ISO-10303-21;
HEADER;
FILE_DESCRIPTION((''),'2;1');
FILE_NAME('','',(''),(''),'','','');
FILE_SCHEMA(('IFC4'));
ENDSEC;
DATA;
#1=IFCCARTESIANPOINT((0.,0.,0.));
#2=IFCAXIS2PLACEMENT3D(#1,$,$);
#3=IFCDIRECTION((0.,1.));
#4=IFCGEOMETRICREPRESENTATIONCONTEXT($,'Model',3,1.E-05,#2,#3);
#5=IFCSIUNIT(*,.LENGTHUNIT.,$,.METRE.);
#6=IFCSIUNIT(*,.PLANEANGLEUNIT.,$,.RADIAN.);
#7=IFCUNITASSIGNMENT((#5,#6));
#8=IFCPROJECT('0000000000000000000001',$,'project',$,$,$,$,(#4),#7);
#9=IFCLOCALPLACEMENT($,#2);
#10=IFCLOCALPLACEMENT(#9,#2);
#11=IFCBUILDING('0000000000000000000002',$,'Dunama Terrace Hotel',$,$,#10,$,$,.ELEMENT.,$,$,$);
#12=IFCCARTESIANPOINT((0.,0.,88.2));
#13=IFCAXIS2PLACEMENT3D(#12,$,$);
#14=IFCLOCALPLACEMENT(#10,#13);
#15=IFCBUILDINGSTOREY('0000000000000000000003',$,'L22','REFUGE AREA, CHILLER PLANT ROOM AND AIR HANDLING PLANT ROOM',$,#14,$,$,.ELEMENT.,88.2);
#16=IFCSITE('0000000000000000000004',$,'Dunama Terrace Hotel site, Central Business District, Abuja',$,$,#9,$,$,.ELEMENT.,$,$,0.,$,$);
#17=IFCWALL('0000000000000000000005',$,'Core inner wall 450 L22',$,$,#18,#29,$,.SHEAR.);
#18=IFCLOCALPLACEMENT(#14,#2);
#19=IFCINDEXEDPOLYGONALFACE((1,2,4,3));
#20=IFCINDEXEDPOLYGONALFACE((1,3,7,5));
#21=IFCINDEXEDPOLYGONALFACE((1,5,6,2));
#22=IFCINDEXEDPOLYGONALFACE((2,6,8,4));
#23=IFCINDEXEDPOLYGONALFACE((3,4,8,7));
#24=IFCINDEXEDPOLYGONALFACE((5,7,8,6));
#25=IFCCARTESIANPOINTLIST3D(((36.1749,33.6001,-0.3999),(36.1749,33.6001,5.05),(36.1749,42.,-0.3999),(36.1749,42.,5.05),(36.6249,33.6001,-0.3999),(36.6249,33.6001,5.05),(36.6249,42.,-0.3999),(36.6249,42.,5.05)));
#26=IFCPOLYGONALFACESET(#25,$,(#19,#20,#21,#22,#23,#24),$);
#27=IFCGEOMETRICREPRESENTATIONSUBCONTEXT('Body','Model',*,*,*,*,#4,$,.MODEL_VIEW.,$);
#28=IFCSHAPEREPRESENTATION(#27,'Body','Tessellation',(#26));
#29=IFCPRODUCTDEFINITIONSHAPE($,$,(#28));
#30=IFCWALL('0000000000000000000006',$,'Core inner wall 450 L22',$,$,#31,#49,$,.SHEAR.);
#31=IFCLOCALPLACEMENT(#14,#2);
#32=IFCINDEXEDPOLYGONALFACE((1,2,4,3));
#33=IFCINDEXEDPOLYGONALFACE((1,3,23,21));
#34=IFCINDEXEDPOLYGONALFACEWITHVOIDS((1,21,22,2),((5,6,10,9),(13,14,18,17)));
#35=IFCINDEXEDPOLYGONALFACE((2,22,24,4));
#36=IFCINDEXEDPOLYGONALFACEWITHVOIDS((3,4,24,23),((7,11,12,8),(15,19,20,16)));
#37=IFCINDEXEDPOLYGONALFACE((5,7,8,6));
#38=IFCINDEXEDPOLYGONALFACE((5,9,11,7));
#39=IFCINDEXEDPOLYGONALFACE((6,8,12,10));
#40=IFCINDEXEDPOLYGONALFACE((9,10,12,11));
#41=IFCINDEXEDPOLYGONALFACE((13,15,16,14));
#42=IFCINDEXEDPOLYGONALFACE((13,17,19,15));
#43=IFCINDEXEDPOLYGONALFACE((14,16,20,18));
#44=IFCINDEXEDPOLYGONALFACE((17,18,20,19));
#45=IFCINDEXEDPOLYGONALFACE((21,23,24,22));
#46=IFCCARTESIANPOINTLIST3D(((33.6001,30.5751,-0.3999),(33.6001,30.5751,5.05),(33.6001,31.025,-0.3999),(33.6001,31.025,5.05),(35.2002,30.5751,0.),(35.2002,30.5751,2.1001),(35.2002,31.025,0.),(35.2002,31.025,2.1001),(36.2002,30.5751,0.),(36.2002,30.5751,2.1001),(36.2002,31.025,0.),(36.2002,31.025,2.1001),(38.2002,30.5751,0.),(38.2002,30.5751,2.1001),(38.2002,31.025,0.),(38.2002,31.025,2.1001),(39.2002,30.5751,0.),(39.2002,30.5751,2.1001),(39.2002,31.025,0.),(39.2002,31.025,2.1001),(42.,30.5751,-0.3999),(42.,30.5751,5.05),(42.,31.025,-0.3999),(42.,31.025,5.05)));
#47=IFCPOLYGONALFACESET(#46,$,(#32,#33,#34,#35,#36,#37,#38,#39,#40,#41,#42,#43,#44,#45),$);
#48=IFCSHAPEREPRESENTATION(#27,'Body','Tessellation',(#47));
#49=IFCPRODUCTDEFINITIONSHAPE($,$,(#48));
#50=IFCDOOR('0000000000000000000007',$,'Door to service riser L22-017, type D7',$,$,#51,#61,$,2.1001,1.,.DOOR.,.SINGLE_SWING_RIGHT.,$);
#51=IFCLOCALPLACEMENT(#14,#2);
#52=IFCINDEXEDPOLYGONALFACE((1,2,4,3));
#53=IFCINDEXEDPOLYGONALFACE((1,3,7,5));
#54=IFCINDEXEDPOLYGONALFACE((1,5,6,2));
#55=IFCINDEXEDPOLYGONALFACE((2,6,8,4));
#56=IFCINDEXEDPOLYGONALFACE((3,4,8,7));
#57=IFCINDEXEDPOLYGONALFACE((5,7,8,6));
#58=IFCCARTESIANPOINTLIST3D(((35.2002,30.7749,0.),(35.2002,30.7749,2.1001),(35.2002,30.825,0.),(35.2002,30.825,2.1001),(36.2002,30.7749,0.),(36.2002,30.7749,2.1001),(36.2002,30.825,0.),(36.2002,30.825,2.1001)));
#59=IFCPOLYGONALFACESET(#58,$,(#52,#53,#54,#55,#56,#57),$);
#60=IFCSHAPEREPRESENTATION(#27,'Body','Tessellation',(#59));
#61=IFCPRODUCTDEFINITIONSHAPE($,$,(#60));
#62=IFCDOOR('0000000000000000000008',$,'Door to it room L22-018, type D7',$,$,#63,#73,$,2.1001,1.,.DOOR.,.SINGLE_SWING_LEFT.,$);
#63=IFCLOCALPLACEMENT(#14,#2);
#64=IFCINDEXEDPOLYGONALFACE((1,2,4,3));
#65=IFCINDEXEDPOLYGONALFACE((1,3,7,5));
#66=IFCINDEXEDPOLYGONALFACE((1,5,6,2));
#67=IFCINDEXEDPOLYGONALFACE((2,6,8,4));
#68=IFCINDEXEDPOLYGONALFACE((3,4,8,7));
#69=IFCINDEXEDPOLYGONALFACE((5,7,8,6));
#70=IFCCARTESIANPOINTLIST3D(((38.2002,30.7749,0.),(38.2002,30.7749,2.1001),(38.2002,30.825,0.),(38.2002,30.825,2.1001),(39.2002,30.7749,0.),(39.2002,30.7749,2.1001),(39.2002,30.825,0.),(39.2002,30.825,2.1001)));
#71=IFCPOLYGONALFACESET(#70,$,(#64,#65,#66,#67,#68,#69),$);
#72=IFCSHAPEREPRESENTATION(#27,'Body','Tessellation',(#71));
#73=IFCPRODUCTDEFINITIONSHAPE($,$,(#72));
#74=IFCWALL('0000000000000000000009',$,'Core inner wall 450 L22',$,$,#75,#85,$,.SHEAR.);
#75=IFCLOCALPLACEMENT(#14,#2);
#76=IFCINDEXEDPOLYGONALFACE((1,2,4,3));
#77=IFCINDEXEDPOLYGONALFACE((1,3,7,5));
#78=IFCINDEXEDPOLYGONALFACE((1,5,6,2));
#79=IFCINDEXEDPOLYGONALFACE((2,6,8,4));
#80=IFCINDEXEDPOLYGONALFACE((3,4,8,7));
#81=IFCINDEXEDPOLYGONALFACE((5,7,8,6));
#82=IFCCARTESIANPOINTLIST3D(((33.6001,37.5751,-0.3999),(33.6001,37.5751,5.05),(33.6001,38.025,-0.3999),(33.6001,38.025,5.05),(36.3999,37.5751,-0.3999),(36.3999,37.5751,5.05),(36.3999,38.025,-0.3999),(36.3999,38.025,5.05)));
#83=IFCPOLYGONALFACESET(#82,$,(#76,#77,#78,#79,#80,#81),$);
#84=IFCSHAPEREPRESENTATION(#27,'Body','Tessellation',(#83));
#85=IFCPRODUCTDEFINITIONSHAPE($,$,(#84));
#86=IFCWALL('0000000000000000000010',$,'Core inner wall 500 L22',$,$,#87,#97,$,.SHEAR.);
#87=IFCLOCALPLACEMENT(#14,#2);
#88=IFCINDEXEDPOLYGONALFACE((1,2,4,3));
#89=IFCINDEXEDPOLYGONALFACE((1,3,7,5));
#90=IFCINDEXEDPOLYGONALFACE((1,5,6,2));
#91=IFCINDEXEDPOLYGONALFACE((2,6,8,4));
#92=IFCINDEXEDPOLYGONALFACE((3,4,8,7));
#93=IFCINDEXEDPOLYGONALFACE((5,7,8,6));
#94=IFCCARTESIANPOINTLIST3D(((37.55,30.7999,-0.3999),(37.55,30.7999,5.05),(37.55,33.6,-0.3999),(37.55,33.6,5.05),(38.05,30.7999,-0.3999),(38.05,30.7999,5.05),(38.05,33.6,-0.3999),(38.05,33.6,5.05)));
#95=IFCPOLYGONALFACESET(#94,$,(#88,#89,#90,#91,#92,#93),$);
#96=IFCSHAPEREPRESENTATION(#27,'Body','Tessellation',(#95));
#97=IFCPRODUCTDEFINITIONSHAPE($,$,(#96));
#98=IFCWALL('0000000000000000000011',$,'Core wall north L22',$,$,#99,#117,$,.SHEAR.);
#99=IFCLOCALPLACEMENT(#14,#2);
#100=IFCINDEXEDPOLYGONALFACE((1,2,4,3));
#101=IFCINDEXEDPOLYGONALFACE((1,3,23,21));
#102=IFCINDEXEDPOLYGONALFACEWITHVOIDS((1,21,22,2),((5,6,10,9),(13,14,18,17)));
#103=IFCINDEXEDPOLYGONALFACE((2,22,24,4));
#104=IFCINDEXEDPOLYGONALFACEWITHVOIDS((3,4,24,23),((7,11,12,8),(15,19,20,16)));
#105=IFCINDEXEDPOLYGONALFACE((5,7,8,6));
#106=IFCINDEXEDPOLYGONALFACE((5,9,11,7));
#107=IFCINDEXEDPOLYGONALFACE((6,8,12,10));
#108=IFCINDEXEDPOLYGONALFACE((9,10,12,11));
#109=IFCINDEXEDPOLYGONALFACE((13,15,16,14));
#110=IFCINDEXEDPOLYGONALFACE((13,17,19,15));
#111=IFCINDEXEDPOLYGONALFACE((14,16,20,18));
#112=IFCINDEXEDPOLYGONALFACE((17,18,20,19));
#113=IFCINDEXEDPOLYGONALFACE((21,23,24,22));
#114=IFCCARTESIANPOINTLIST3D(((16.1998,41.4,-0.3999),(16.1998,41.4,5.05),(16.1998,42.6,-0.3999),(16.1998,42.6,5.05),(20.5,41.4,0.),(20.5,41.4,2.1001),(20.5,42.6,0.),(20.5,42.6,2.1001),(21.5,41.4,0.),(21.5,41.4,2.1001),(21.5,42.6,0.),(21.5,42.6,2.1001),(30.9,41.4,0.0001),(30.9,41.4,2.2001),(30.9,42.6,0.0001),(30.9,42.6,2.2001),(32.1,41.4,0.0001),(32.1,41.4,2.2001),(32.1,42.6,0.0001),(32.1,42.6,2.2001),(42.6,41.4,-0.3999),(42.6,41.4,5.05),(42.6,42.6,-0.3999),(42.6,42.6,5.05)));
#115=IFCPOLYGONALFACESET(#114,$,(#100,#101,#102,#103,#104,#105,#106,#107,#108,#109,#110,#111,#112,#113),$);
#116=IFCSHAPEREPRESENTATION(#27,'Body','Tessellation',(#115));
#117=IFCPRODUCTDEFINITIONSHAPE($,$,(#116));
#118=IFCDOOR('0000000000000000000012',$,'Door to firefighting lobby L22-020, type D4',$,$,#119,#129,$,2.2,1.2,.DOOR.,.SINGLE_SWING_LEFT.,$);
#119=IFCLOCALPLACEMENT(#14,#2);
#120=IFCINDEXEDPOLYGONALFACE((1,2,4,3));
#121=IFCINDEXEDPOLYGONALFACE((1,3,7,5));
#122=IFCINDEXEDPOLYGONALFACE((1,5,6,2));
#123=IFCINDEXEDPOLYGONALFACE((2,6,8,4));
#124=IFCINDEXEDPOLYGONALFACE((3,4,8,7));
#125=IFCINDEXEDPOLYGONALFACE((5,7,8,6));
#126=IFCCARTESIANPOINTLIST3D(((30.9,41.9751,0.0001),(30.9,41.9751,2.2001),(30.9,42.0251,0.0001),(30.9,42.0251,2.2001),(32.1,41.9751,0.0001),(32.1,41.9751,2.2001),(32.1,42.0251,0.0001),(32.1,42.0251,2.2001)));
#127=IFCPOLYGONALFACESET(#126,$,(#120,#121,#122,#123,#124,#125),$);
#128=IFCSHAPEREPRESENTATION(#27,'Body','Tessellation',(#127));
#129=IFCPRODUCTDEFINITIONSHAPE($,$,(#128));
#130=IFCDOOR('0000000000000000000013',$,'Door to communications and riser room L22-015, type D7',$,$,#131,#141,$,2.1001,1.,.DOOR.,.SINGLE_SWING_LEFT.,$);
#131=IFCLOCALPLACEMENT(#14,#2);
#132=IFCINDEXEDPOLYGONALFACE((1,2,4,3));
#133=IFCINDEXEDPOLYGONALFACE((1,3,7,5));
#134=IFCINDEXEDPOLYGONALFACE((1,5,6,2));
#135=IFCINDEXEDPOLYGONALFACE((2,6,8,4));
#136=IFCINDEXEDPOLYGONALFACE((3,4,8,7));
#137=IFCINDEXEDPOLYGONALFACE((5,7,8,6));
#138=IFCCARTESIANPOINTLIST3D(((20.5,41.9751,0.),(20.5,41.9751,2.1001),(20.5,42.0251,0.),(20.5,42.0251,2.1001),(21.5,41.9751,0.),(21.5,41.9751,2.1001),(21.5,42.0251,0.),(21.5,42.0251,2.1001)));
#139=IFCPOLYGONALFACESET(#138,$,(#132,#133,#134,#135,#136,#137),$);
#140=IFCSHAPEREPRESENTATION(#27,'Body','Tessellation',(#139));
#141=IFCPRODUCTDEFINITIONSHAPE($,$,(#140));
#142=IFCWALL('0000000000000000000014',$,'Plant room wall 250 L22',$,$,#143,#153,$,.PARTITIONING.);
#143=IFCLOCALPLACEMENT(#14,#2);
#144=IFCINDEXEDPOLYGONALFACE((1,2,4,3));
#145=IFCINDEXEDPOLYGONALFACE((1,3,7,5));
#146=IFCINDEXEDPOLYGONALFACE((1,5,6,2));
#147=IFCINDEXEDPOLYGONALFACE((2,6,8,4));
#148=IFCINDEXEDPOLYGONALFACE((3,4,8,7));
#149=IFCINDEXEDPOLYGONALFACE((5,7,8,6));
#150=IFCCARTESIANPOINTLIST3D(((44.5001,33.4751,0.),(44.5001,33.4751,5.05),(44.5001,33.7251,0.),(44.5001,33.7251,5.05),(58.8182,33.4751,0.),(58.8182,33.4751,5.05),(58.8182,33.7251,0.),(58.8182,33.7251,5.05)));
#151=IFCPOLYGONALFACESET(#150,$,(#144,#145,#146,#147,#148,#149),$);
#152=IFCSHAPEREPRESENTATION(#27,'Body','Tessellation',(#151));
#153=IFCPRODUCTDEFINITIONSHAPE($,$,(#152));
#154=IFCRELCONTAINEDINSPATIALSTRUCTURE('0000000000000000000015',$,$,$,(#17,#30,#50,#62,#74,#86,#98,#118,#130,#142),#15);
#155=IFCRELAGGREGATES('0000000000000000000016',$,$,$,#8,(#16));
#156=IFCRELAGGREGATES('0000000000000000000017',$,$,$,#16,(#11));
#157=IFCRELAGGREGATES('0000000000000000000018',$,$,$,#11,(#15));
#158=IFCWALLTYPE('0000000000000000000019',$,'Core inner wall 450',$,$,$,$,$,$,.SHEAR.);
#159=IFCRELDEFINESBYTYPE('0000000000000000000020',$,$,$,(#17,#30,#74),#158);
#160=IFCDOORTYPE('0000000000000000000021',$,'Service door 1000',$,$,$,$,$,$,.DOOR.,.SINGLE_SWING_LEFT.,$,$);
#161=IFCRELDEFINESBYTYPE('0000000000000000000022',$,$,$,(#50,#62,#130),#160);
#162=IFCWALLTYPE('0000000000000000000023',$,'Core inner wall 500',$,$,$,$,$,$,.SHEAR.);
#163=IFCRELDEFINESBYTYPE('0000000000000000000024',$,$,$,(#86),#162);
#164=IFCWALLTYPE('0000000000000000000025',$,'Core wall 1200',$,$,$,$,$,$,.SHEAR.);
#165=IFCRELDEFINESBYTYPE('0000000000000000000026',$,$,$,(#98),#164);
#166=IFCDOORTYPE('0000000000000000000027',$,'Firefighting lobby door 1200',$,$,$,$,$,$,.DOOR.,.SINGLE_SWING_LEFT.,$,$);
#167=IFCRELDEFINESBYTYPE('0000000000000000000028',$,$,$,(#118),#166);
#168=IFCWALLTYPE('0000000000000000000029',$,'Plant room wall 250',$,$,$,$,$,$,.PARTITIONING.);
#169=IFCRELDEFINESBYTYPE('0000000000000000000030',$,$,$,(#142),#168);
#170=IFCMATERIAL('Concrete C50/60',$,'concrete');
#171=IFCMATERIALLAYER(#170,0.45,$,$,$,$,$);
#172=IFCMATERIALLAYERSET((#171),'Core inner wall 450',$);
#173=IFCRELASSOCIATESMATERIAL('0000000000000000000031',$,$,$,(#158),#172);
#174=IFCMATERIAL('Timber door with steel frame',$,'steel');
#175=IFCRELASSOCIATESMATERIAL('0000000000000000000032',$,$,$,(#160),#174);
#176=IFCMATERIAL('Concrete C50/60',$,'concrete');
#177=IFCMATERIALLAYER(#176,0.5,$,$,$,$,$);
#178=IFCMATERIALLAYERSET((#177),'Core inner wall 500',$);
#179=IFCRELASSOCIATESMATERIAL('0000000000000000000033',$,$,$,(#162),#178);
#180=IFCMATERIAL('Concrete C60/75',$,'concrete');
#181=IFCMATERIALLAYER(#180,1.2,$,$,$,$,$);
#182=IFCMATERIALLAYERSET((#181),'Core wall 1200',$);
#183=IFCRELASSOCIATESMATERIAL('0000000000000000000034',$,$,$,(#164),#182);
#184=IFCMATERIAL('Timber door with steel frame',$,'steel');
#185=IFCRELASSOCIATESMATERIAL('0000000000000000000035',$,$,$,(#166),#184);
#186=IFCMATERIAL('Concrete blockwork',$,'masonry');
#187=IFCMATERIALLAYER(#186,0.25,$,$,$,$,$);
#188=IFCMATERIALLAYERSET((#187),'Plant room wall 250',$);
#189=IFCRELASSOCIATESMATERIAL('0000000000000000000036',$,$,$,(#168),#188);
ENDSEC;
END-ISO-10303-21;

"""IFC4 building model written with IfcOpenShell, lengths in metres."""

from ifc_helpers import new_model, si_unit, direction, frame, frame_2d, origin, place, context, subcontext, project, spatial, rectangle, extrude, material, layer, layer_set, type_object, element, fill, save


model = new_model("IFC4")

# Units and contexts
model_context = context("Model", 3, precision=1e-05, world=origin(), true_north=direction((0.0, 1.0)))
body_context = subcontext(model_context, "Body", "Model", "MODEL_VIEW")
ifc_project = project(units=[si_unit("LENGTHUNIT", "METRE"), si_unit("PLANEANGLEUNIT", "RADIAN")], contexts=[model_context])

# Site, building, storey
site_placement = place(None, origin())
site = spatial("IfcSite", under=ifc_project, at=site_placement, Name="Dunama Terrace Hotel site, Central Business District, Abuja", CompositionType="ELEMENT", RefElevation=0.0)
building_placement = place(site_placement, origin())
building = spatial("IfcBuilding", under=site, at=building_placement, Name="Dunama Terrace Hotel", CompositionType="ELEMENT")
storey_placement = place(building_placement, frame((0.0, 0.0, 88.2)))
storey = spatial("IfcBuildingStorey", under=building, at=storey_placement, Name="L22", Description="REFUGE AREA, CHILLER PLANT ROOM AND AIR HANDLING PLANT ROOM", CompositionType="ELEMENT", Elevation=88.2)

# Shared definitions
ifc_material_1 = material(Name="Concrete C50/60", Category="concrete")
ifc_layer_1 = layer(ifc_material_1, 0.45)
ifc_layer_set_1 = layer_set([ifc_layer_1], Name="Core inner wall 450")
wall_type_1 = type_object("IfcWallType", Name="Core inner wall 450", PredefinedType="SHEAR", material=ifc_layer_set_1)

# Wall
wall_1_placement = place(storey_placement, frame((36.3999, 33.6001, -0.3999), z_axis=(0.0, 0.0, 1.0), x_axis=(0.0, 1.0, 0.0)))
element("IfcWall", 1, at=wall_1_placement, inside=storey, type_object=wall_type_1, Name="Core inner wall 450 L22", PredefinedType="SHEAR", context=body_context, shape_type="SweptSolid", body=[
    extrude(rectangle(XDim=8.3999, YDim=0.45, at=frame_2d((4.2, 0.0))), origin(), (0.0, 0.0, 1.0), 5.45),
])

# Wall, openings, doors
wall_2_placement = place(storey_placement, frame((33.6001, 30.8, -0.3999), z_axis=(0.0, 0.0, 1.0), x_axis=(1.0, 0.0, 0.0)))
wall_2 = element("IfcWall", 2, at=wall_2_placement, inside=storey, type_object=wall_type_1, Name="Core inner wall 450 L22", PredefinedType="SHEAR", context=body_context, shape_type="SweptSolid", body=[
    extrude(rectangle(XDim=8.3999, YDim=0.45, at=frame_2d((4.2, 0.0))), origin(), (0.0, 0.0, 1.0), 5.45),
])
opening_1_placement = place(wall_2_placement, frame((1.6001, 0.0, 0.3999)))
opening_1 = element("IfcOpeningElement", 3, at=opening_1_placement, cuts=wall_2, PredefinedType="OPENING", context=body_context, shape_type="SweptSolid", body=[
    extrude(rectangle(XDim=1.0, YDim=2.1001, at=frame_2d((0.5, 1.05))), frame((0.0, 0.2349, 0.0), z_axis=(0.0, -1.0, 0.0), x_axis=(1.0, 0.0, 0.0)), (0.0, 0.0, 1.0), 0.47),
])
opening_2_placement = place(wall_2_placement, frame((4.6001, 0.0, 0.3999)))
opening_2 = element("IfcOpeningElement", 4, at=opening_2_placement, cuts=wall_2, PredefinedType="OPENING", context=body_context, shape_type="SweptSolid", body=[
    extrude(rectangle(XDim=1.0, YDim=2.1001, at=frame_2d((0.5, 1.05))), frame((0.0, 0.2349, 0.0), z_axis=(0.0, -1.0, 0.0), x_axis=(1.0, 0.0, 0.0)), (0.0, 0.0, 1.0), 0.47),
])
ifc_material_2 = material(Name="Timber door with steel frame", Category="steel")
door_type_1 = type_object("IfcDoorType", Name="Service door 1000", OperationType="SINGLE_SWING_LEFT", PredefinedType="DOOR", material=ifc_material_2)
door_1_placement = place(opening_1_placement, origin())
door_1 = element("IfcDoor", 5, at=door_1_placement, inside=storey, type_object=door_type_1, Name="Door to service riser L22-017, type D7", OperationType="SINGLE_SWING_RIGHT", OverallHeight=2.1001, OverallWidth=1.0, PredefinedType="DOOR", context=body_context, shape_type="SweptSolid", body=[
    extrude(rectangle(XDim=1.0, YDim=2.1001, at=frame_2d((0.5, 1.05))), frame((0.0, 0.0249, 0.0), z_axis=(0.0, -1.0, 0.0), x_axis=(1.0, 0.0, 0.0)), (0.0, 0.0, 1.0), 0.05),
])
fill(opening_1, door_1)
door_2_placement = place(opening_2_placement, origin())
door_2 = element("IfcDoor", 6, at=door_2_placement, inside=storey, type_object=door_type_1, Name="Door to it room L22-018, type D7", OperationType="SINGLE_SWING_LEFT", OverallHeight=2.1001, OverallWidth=1.0, PredefinedType="DOOR", context=body_context, shape_type="SweptSolid", body=[
    extrude(rectangle(XDim=1.0, YDim=2.1001, at=frame_2d((0.5, 1.05))), frame((0.0, 0.0249, 0.0), z_axis=(0.0, -1.0, 0.0), x_axis=(1.0, 0.0, 0.0)), (0.0, 0.0, 1.0), 0.05),
])
fill(opening_2, door_2)

# Walls
wall_3_placement = place(storey_placement, frame((33.6001, 37.8, -0.3999), z_axis=(0.0, 0.0, 1.0), x_axis=(1.0, 0.0, 0.0)))
element("IfcWall", 7, at=wall_3_placement, inside=storey, type_object=wall_type_1, Name="Core inner wall 450 L22", PredefinedType="SHEAR", context=body_context, shape_type="SweptSolid", body=[
    extrude(rectangle(XDim=2.7998, YDim=0.45, at=frame_2d((1.3999, 0.0))), origin(), (0.0, 0.0, 1.0), 5.45),
])
ifc_material_3 = material(Name="Concrete C50/60", Category="concrete")
ifc_layer_2 = layer(ifc_material_3, 0.5)
ifc_layer_set_2 = layer_set([ifc_layer_2], Name="Core inner wall 500")
wall_type_2 = type_object("IfcWallType", Name="Core inner wall 500", PredefinedType="SHEAR", material=ifc_layer_set_2)
wall_4_placement = place(storey_placement, frame((37.8, 30.8, -0.3999), z_axis=(0.0, 0.0, 1.0), x_axis=(0.0, 1.0, 0.0)))
element("IfcWall", 8, at=wall_4_placement, inside=storey, type_object=wall_type_2, Name="Core inner wall 500 L22", PredefinedType="SHEAR", context=body_context, shape_type="SweptSolid", body=[
    extrude(rectangle(XDim=2.8, YDim=0.5, at=frame_2d((1.3999, 0.0))), origin(), (0.0, 0.0, 1.0), 5.45),
])

# Wall, openings, doors
ifc_material_4 = material(Name="Concrete C60/75", Category="concrete")
ifc_layer_3 = layer(ifc_material_4, 1.2)
ifc_layer_set_3 = layer_set([ifc_layer_3], Name="Core wall 1200")
wall_type_3 = type_object("IfcWallType", Name="Core wall 1200", PredefinedType="SHEAR", material=ifc_layer_set_3)
wall_5_placement = place(storey_placement, frame((42.6001, 42.0, -0.3999), z_axis=(0.0, 0.0, 1.0), x_axis=(-1.0, 0.0, 0.0)))
wall_5 = element("IfcWall", 9, at=wall_5_placement, inside=storey, type_object=wall_type_3, Name="Core wall north L22", PredefinedType="SHEAR", context=body_context, shape_type="SweptSolid", body=[
    extrude(rectangle(XDim=26.4001, YDim=1.2, at=frame_2d((13.2002, 0.0))), origin(), (0.0, 0.0, 1.0), 5.45),
])
opening_3_placement = place(wall_5_placement, frame((21.1001, 0.0, 0.3999)))
opening_3 = element("IfcOpeningElement", 10, at=opening_3_placement, cuts=wall_5, PredefinedType="OPENING", context=body_context, shape_type="SweptSolid", body=[
    extrude(rectangle(XDim=1.0, YDim=2.1001, at=frame_2d((0.5, 1.05))), frame((0.0, 0.6099, 0.0), z_axis=(0.0, -1.0, 0.0), x_axis=(1.0, 0.0, 0.0)), (0.0, 0.0, 1.0), 1.22),
])
opening_4_placement = place(wall_5_placement, frame((10.5, 0.0, 0.3999)))
opening_4 = element("IfcOpeningElement", 11, at=opening_4_placement, cuts=wall_5, PredefinedType="OPENING", context=body_context, shape_type="SweptSolid", body=[
    extrude(rectangle(XDim=1.2, YDim=2.2, at=frame_2d((0.6001, 1.1001))), frame((0.0, 0.6099, 0.0), z_axis=(0.0, -1.0, 0.0), x_axis=(1.0, 0.0, 0.0)), (0.0, 0.0, 1.0), 1.22),
])
ifc_material_5 = material(Name="Timber door with steel frame", Category="steel")
door_type_2 = type_object("IfcDoorType", Name="Firefighting lobby door 1200", OperationType="SINGLE_SWING_LEFT", PredefinedType="DOOR", material=ifc_material_5)
door_3_placement = place(opening_4_placement, origin())
door_3 = element("IfcDoor", 12, at=door_3_placement, inside=storey, type_object=door_type_2, Name="Door to firefighting lobby L22-020, type D4", OperationType="SINGLE_SWING_LEFT", OverallHeight=2.2, OverallWidth=1.2, PredefinedType="DOOR", context=body_context, shape_type="SweptSolid", body=[
    extrude(rectangle(XDim=1.2, YDim=2.2, at=frame_2d((0.6001, 1.1001))), frame((0.0, 0.0249, 0.0), z_axis=(0.0, -1.0, 0.0), x_axis=(1.0, 0.0, 0.0)), (0.0, 0.0, 1.0), 0.05),
])
fill(opening_4, door_3)
door_4_placement = place(opening_3_placement, origin())
door_4 = element("IfcDoor", 13, at=door_4_placement, inside=storey, type_object=door_type_1, Name="Door to communications and riser room L22-015, type D7", OperationType="SINGLE_SWING_LEFT", OverallHeight=2.1001, OverallWidth=1.0, PredefinedType="DOOR", context=body_context, shape_type="SweptSolid", body=[
    extrude(rectangle(XDim=1.0, YDim=2.1001, at=frame_2d((0.5, 1.05))), frame((0.0, 0.0249, 0.0), z_axis=(0.0, -1.0, 0.0), x_axis=(1.0, 0.0, 0.0)), (0.0, 0.0, 1.0), 0.05),
])
fill(opening_3, door_4)

# Wall
ifc_material_6 = material(Name="Concrete blockwork", Category="masonry")
ifc_layer_4 = layer(ifc_material_6, 0.25)
ifc_layer_set_4 = layer_set([ifc_layer_4], Name="Plant room wall 250")
wall_type_4 = type_object("IfcWallType", Name="Plant room wall 250", PredefinedType="PARTITIONING", material=ifc_layer_set_4)
wall_6_placement = place(storey_placement, frame((44.5, 33.6001, 0.0), z_axis=(0.0, 0.0, 1.0), x_axis=(1.0, 0.0, 0.0)))
element("IfcWall", 14, at=wall_6_placement, inside=storey, type_object=wall_type_4, Name="Plant room wall 250 L22", PredefinedType="PARTITIONING", context=body_context, shape_type="SweptSolid", body=[
    extrude(rectangle(XDim=14.3181, YDim=0.25, at=frame_2d((7.1592, 0.0))), origin(), (0.0, 0.0, 1.0), 5.05),
])

save(model, "model.ifc")
